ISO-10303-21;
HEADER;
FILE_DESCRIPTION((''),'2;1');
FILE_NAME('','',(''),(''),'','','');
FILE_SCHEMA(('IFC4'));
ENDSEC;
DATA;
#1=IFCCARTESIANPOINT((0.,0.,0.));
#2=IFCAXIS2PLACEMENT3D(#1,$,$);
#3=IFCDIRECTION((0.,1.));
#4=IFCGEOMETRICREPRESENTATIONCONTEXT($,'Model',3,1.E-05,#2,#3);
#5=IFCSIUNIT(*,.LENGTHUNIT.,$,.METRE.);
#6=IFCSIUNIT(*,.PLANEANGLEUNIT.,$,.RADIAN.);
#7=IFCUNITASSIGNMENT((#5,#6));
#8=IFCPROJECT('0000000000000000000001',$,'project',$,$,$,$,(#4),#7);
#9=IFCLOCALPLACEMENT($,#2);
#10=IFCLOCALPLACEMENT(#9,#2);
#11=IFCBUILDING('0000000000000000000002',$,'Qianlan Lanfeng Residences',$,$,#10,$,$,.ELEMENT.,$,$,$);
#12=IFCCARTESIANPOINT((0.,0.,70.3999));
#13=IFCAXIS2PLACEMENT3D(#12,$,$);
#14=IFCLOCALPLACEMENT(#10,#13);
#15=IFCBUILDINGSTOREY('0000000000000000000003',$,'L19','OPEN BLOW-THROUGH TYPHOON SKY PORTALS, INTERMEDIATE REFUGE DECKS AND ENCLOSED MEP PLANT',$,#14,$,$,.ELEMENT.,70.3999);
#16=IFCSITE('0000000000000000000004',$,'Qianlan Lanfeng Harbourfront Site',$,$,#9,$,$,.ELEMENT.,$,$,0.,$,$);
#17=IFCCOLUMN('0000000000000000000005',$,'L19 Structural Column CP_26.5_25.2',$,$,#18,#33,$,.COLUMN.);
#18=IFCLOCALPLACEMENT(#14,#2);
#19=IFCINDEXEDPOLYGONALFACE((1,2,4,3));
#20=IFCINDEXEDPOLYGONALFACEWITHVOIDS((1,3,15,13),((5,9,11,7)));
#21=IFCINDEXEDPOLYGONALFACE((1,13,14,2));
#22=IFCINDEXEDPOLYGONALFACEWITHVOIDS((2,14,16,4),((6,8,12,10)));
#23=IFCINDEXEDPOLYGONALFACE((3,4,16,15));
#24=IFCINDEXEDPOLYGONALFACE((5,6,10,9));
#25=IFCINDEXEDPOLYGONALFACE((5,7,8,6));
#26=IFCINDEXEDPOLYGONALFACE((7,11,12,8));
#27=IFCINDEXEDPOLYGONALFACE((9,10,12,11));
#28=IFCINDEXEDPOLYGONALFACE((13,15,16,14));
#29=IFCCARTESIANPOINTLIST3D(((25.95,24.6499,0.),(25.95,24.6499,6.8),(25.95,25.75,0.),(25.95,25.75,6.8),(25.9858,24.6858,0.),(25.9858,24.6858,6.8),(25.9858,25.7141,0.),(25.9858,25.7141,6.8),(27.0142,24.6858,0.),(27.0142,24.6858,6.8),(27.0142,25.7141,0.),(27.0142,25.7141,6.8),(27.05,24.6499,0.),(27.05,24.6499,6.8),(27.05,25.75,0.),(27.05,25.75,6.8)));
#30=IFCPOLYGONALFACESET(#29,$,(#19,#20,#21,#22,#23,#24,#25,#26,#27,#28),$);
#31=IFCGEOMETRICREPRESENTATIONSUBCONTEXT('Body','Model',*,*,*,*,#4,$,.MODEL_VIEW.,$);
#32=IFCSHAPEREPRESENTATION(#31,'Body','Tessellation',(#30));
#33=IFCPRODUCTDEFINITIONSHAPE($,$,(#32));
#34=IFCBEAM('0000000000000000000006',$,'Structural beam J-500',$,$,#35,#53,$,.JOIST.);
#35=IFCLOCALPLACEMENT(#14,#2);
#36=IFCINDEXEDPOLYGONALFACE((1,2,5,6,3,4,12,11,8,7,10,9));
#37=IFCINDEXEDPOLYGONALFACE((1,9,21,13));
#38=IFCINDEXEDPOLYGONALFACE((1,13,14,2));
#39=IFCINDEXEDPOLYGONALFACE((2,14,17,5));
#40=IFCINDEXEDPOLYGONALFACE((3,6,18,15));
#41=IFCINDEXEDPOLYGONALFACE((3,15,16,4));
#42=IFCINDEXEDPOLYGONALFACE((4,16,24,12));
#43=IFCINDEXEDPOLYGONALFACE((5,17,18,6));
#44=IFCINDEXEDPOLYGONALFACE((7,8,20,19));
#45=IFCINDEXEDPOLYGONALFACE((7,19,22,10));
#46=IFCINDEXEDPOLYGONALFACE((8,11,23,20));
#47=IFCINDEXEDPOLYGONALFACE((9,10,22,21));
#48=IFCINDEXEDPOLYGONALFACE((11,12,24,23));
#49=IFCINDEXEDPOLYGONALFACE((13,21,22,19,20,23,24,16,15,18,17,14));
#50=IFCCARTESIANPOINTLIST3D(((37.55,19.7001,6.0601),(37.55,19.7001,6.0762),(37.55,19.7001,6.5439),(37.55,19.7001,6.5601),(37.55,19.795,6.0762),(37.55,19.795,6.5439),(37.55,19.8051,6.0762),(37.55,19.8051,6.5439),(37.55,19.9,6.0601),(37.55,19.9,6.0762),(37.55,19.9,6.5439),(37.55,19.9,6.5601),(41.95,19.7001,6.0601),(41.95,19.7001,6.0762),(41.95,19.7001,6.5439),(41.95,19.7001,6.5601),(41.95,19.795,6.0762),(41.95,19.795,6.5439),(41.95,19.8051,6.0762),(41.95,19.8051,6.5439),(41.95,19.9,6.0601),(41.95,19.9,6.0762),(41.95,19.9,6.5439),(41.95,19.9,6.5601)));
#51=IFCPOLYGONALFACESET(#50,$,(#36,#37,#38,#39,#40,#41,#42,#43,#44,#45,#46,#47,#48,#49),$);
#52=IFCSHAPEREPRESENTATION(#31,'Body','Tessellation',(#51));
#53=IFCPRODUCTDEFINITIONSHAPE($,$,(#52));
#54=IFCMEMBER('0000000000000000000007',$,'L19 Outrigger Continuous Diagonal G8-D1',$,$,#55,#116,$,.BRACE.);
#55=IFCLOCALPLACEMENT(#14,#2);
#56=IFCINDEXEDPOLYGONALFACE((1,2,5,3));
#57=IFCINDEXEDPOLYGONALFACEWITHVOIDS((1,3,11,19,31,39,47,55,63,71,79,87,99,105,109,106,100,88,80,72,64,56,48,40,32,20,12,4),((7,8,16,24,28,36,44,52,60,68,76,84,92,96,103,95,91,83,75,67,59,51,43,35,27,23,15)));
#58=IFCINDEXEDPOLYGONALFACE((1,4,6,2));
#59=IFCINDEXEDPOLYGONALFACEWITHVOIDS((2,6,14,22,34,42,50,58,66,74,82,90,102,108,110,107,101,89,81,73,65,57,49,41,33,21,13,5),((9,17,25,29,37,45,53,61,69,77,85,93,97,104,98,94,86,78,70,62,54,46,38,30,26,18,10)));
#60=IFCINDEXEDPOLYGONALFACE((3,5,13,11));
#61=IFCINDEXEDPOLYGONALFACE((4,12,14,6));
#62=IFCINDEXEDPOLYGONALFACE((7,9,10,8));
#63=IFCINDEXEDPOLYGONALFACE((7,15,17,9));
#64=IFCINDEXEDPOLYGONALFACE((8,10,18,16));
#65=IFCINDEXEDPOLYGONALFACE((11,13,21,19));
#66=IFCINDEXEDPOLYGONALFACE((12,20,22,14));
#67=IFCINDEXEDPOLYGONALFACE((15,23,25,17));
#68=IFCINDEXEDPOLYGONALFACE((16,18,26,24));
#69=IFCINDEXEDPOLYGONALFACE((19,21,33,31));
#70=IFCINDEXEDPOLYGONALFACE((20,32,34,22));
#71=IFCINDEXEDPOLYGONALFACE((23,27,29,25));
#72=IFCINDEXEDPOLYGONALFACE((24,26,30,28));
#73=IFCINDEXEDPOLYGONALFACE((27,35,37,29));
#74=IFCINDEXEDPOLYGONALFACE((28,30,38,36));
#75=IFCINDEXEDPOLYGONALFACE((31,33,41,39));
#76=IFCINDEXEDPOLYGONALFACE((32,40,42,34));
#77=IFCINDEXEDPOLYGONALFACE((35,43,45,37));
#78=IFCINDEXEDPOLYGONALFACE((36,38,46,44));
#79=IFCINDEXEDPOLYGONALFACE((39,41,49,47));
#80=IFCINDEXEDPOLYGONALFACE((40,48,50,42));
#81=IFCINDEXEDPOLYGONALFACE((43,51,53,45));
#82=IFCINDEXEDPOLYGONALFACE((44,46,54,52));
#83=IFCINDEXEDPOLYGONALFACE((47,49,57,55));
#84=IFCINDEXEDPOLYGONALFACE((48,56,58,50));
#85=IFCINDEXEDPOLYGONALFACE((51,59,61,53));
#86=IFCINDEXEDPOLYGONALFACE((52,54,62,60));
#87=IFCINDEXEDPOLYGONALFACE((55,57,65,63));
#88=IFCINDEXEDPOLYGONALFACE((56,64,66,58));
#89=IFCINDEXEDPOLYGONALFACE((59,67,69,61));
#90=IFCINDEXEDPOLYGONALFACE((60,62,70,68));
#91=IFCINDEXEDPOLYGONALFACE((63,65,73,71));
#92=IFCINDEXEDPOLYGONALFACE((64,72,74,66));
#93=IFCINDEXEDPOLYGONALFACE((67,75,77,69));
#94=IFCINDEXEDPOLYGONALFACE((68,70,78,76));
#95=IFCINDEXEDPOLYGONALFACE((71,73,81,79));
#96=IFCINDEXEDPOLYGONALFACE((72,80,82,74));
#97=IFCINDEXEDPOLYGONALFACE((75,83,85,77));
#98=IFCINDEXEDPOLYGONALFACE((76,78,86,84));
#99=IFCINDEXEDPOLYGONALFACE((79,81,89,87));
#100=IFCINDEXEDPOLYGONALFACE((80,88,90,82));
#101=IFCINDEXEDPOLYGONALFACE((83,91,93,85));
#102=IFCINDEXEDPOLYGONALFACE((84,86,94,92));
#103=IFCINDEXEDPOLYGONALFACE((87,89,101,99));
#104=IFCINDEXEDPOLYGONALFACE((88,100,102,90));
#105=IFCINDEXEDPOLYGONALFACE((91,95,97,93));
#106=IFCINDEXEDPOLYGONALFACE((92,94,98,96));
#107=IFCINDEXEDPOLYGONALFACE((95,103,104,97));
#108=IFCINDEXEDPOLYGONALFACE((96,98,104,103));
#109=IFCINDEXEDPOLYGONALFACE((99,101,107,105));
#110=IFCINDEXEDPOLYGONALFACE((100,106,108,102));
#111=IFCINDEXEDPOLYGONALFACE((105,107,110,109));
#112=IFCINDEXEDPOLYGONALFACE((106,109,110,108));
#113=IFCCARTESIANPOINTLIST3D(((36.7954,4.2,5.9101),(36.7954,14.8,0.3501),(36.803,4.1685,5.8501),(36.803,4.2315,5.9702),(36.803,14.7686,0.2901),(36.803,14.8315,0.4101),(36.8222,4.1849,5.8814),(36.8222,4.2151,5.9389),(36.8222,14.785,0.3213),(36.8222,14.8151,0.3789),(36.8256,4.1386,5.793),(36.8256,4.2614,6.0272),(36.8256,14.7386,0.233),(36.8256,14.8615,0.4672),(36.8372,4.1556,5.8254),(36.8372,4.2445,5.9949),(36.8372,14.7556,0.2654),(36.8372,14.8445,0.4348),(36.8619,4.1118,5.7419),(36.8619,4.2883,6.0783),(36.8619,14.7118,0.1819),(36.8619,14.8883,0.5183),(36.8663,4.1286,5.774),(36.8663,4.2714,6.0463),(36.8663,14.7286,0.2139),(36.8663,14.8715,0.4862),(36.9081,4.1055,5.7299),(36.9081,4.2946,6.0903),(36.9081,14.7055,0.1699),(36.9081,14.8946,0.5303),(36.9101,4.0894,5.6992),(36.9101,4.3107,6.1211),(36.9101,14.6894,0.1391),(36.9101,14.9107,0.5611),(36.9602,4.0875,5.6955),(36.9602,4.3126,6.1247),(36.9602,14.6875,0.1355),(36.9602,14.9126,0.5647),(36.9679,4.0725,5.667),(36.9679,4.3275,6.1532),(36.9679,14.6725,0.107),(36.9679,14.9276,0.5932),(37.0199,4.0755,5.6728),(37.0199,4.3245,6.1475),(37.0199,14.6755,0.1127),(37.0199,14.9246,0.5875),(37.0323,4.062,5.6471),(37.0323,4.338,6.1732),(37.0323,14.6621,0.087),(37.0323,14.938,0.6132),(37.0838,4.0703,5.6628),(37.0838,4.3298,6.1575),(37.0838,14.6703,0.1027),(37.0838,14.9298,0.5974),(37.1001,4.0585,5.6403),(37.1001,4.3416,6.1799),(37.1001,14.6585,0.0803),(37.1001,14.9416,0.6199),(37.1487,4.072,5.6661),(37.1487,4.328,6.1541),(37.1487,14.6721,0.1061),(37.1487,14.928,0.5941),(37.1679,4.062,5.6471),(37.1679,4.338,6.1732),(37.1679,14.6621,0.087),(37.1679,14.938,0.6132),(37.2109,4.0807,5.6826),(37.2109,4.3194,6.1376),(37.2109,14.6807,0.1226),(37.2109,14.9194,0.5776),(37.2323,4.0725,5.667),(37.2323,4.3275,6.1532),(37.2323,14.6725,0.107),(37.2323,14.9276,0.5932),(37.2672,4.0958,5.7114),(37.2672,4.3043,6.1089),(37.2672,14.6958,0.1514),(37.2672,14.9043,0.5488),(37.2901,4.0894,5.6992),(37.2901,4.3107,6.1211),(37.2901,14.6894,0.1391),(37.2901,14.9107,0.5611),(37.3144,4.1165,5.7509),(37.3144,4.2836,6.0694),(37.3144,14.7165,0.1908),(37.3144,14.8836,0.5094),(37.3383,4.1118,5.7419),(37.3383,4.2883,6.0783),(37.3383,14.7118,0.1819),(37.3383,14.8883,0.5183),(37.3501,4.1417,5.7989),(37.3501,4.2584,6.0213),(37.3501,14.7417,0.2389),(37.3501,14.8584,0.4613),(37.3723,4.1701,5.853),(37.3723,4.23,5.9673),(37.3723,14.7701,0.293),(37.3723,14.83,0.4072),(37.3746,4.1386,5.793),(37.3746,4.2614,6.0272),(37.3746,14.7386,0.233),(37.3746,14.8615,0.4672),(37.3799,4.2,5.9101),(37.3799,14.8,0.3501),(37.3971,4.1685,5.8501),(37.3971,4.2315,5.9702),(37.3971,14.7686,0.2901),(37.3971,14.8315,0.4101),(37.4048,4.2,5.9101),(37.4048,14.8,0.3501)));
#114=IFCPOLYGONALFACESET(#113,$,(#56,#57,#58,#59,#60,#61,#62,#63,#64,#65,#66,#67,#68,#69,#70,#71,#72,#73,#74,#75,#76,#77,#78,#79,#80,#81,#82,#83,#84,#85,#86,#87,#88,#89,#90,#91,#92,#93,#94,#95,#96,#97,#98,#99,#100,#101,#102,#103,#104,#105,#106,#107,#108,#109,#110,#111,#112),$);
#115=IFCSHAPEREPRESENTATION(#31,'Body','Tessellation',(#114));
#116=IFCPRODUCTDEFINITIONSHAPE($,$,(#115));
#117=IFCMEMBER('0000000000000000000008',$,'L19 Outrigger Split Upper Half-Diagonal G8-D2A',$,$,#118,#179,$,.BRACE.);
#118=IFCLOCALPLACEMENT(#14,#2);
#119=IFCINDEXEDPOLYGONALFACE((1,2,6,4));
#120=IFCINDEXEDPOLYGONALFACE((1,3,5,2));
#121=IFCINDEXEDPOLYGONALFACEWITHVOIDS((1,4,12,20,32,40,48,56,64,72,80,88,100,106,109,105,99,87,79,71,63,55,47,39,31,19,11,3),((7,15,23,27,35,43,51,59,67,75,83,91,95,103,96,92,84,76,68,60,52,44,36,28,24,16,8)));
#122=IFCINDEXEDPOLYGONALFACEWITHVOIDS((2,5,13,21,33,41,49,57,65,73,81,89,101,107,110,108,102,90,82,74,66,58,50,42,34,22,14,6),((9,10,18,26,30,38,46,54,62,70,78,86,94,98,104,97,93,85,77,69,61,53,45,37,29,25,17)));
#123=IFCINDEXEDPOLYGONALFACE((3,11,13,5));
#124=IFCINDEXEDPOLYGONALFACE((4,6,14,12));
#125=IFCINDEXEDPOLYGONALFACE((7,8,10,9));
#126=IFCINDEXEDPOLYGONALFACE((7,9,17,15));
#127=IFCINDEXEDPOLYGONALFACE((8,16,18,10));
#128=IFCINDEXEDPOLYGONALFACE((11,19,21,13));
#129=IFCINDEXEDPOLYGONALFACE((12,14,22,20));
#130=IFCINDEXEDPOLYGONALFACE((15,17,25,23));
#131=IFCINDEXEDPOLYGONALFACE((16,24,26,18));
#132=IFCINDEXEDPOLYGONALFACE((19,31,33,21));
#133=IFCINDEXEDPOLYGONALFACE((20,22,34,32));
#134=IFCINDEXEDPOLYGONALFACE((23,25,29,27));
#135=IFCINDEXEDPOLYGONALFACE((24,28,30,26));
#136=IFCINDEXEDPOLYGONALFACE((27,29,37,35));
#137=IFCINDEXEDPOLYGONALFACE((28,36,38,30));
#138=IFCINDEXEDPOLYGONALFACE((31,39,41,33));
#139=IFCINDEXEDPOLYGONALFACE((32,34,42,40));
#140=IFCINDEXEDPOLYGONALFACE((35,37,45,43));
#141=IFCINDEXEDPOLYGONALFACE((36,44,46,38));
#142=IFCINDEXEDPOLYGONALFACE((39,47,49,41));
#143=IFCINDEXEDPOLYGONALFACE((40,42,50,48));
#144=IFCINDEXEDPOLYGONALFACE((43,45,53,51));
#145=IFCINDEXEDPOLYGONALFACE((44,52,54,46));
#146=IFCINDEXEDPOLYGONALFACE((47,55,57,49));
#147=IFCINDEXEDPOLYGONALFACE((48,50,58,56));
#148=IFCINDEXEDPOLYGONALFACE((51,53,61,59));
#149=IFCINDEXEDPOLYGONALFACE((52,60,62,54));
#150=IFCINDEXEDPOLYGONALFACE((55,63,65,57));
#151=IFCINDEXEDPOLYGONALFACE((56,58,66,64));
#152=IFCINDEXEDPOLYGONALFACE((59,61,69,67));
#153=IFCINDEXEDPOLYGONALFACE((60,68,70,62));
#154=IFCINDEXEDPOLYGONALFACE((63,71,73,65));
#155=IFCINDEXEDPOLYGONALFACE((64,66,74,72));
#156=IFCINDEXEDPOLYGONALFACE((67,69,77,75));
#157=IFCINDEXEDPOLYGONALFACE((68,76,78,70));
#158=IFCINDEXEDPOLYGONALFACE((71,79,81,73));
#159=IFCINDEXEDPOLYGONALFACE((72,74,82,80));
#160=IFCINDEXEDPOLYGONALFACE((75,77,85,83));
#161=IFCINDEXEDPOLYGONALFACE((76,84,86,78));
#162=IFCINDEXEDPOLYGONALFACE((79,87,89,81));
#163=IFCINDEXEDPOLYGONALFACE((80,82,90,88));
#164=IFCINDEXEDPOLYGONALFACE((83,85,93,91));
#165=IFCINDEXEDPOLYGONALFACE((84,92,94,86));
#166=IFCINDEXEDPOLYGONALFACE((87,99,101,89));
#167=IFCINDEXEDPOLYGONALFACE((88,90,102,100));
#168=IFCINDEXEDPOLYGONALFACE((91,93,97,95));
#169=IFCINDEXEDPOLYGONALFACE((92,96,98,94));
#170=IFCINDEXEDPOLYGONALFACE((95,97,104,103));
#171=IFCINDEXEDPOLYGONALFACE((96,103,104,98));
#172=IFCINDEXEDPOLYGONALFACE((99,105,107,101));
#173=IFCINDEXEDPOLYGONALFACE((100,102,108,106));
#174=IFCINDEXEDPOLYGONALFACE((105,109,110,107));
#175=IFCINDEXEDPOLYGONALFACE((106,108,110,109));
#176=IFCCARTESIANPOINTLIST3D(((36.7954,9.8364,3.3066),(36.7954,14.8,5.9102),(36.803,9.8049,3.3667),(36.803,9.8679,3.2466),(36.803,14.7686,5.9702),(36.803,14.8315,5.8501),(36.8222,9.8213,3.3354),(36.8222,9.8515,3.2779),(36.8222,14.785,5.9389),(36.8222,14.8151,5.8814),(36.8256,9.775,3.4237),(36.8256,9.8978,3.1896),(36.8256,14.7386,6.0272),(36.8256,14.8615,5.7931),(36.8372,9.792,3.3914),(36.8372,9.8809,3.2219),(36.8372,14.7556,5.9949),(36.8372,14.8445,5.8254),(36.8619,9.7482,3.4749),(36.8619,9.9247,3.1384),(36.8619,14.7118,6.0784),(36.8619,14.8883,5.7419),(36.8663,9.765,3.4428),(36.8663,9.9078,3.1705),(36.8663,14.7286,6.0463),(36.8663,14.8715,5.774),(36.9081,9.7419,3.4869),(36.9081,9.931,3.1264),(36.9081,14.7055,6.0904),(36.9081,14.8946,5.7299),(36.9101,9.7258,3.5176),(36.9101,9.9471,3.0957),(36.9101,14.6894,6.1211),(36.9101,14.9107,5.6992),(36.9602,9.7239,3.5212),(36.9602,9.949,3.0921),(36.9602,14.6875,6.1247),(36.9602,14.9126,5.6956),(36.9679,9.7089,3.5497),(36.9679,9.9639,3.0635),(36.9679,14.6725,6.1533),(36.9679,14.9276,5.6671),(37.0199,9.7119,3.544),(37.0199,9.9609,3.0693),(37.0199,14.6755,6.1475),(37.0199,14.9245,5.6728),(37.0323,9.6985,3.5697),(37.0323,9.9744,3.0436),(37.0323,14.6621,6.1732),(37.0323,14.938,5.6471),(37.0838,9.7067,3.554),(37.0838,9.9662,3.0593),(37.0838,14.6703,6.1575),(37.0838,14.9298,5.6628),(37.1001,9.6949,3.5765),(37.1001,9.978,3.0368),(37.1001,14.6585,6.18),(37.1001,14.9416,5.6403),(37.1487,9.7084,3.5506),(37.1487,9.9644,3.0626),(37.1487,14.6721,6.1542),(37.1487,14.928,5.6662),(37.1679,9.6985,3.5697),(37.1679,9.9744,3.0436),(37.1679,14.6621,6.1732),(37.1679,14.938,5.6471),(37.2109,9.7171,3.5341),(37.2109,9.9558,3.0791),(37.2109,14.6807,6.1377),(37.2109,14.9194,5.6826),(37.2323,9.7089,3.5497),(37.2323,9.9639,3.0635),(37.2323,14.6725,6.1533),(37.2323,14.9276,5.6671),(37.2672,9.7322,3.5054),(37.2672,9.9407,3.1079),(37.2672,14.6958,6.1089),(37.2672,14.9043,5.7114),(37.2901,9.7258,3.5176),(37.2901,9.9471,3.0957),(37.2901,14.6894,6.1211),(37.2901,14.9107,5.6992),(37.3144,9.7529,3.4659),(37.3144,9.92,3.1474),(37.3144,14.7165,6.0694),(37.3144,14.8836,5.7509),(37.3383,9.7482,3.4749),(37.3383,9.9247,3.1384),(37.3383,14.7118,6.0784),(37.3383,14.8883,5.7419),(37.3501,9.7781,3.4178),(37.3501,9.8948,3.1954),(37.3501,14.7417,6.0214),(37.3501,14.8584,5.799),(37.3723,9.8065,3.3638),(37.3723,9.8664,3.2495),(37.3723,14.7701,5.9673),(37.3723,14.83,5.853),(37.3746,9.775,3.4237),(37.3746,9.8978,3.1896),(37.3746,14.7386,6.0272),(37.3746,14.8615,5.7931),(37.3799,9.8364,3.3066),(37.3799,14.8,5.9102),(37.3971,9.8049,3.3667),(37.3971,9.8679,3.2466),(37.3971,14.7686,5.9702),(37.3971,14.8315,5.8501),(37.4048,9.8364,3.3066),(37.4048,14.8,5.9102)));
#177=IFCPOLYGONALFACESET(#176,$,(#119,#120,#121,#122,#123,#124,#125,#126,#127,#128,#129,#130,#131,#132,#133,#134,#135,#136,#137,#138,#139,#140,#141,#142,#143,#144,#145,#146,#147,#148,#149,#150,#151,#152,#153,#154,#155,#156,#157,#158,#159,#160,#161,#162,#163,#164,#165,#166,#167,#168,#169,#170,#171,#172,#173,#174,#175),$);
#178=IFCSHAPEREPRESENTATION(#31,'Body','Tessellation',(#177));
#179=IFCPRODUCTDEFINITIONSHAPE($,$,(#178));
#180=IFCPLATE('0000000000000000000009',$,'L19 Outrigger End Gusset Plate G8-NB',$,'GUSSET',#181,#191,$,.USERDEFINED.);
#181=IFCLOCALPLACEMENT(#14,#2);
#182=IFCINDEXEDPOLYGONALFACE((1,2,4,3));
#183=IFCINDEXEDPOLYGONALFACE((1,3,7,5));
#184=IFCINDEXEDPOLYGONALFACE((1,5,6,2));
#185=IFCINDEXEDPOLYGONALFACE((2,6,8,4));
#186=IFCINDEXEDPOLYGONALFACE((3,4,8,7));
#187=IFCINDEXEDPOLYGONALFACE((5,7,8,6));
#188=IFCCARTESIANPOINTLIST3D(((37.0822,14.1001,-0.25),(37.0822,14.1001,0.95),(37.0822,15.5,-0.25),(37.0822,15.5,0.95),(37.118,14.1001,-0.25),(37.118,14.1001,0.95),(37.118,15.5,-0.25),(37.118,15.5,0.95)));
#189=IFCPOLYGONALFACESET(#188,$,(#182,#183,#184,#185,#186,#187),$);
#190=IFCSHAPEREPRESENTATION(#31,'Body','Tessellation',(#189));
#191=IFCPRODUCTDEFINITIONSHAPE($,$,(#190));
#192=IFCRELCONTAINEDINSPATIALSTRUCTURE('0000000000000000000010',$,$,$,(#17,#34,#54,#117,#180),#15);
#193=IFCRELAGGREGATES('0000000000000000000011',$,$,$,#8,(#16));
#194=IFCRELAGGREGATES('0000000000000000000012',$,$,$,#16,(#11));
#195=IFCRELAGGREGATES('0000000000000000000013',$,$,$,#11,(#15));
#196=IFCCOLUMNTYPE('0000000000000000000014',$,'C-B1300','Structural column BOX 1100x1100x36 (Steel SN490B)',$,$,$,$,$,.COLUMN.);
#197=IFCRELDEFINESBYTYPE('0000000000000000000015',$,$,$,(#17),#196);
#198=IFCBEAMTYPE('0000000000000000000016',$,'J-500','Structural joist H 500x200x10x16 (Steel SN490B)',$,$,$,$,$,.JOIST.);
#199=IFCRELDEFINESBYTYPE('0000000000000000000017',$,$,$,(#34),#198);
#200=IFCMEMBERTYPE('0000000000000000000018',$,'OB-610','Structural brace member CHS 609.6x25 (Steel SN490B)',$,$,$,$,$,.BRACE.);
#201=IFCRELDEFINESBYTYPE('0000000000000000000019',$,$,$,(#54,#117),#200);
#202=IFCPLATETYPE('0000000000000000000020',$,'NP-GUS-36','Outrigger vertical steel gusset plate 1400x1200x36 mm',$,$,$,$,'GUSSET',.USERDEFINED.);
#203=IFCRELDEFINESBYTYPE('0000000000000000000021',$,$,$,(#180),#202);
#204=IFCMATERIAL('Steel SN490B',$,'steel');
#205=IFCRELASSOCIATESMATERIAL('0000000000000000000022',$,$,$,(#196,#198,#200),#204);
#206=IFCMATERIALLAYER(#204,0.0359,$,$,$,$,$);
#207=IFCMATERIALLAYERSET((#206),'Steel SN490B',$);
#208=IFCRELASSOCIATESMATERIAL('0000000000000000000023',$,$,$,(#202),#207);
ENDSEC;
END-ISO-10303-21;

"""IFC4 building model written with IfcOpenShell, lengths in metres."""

from ifc_helpers import new_model, si_unit, direction, frame, origin, origin_2d, place, context, subcontext, project, spatial, rectangle, hollow_rectangle, hollow_circle, i_section, extrude, source, transform, mapped, material, layer, layer_set, material_profile, profile_set, type_object, element, save


model = new_model("IFC4")

# Units and contexts
model_context = context("Model", 3, precision=1e-05, world=origin(), true_north=direction((0.0, 1.0)))
body_context = subcontext(model_context, "Body", "Model", "MODEL_VIEW")
ifc_project = project(units=[si_unit("LENGTHUNIT", "METRE"), si_unit("PLANEANGLEUNIT", "RADIAN")], contexts=[model_context])

# Site, building, storey
site_placement = place(None, origin())
site = spatial("IfcSite", under=ifc_project, at=site_placement, Name="Qianlan Lanfeng Harbourfront Site", CompositionType="ELEMENT", RefElevation=0.0)
building_placement = place(site_placement, origin())
building = spatial("IfcBuilding", under=site, at=building_placement, Name="Qianlan Lanfeng Residences", CompositionType="ELEMENT")
storey_placement = place(building_placement, frame((0.0, 0.0, 70.3999)))
storey = spatial("IfcBuildingStorey", under=building, at=storey_placement, Name="L19", Description="OPEN BLOW-THROUGH TYPHOON SKY PORTALS, INTERMEDIATE REFUGE DECKS AND ENCLOSED MEP PLANT", CompositionType="ELEMENT", Elevation=70.3999)

# Column
ifc_material_1 = material(Name="Steel SN490B", Category="steel")
ifc_material_profile_1 = material_profile(ifc_material_1, hollow_rectangle(XDim=1.1001, YDim=1.1001, WallThickness=0.0359, at=origin_2d()), Name="BOX 1100x1100x36")
ifc_profile_set_1 = profile_set([ifc_material_profile_1], Name="Steel SN490B")
column_type = type_object("IfcColumnType", Name="C-B1300", Description="Structural column BOX 1100x1100x36 (Steel SN490B)", PredefinedType="COLUMN", material=ifc_profile_set_1)
column_placement = place(storey_placement, frame((26.5, 25.2, 0.0), z_axis=(0.0, 0.0, 1.0), x_axis=(1.0, 0.0, 0.0)))
element("IfcColumn", 1, at=column_placement, inside=storey, type_object=column_type, Name="L19 Structural Column CP_26.5_25.2", PredefinedType="COLUMN", context=body_context, shape_type="SweptSolid", body=[
    extrude(hollow_rectangle(XDim=1.1001, YDim=1.1001, WallThickness=0.0359, at=origin_2d()), origin(), (0.0, 0.0, 1.0), 6.8),
])

# Beam
ifc_material_profile_2 = material_profile(ifc_material_1, i_section(OverallWidth=0.2, OverallDepth=0.5, WebThickness=0.01, FlangeThickness=0.0161, at=origin_2d()), Name="H 500x200x10x16")
ifc_profile_set_2 = profile_set([ifc_material_profile_2], Name="Steel SN490B")
beam_type = type_object("IfcBeamType", Name="J-500", Description="Structural joist H 500x200x10x16 (Steel SN490B)", PredefinedType="JOIST", material=ifc_profile_set_2)
beam_placement = place(storey_placement, frame((37.55, 19.8, 6.3101), z_axis=(1.0, 0.0, 0.0), x_axis=(0.0, 1.0, 0.0)))
element("IfcBeam", 2, at=beam_placement, inside=storey, type_object=beam_type, Name="Structural beam J-500", PredefinedType="JOIST", context=body_context, shape_type="SweptSolid", body=[
    extrude(i_section(OverallWidth=0.2, OverallDepth=0.5, WebThickness=0.01, FlangeThickness=0.0161, at=origin_2d()), origin(), (0.0, 0.0, 1.0), 4.3999),
])

# Members
ifc_material_profile_3 = material_profile(ifc_material_1, hollow_circle(Radius=0.3047, WallThickness=0.0249, at=origin_2d()), Name="CHS 609.6x25")
ifc_profile_set_3 = profile_set([ifc_material_profile_3], Name="Steel SN490B")
member_type = type_object("IfcMemberType", Name="OB-610", Description="Structural brace member CHS 609.6x25 (Steel SN490B)", PredefinedType="BRACE", material=ifc_profile_set_3)
member_1_placement = place(storey_placement, frame((37.1001, 14.8, 0.3501), z_axis=(0.0, -0.88557, 0.464507), x_axis=(1.0, 0.0, 0.0)))
element("IfcMember", 3, at=member_1_placement, inside=storey, type_object=member_type, Name="L19 Outrigger Continuous Diagonal G8-D1", PredefinedType="BRACE", context=body_context, shape_type="SweptSolid", body=[
    extrude(hollow_circle(Radius=0.3047, WallThickness=0.0249, at=origin_2d()), origin(), (0.0, 0.0, 1.0), 11.9697),
])
member_2_placement = place(storey_placement, frame((37.1001, 14.8, 5.9102), z_axis=(0.0, -0.885573, -0.4645), x_axis=(1.0, 0.0, 0.0)))
element("IfcMember", 4, at=member_2_placement, inside=storey, type_object=member_type, Name="L19 Outrigger Split Upper Half-Diagonal G8-D2A", PredefinedType="BRACE", context=body_context, shape_type="SweptSolid", body=[
    extrude(hollow_circle(Radius=0.3047, WallThickness=0.0249, at=origin_2d()), origin(), (0.0, 0.0, 1.0), 5.605),
])

# Plate
ifc_layer_1 = layer(ifc_material_1, 0.0359)
ifc_layer_set_1 = layer_set([ifc_layer_1], Name="Steel SN490B")
plate_type = type_object("IfcPlateType", Name="NP-GUS-36", Description="Outrigger vertical steel gusset plate 1400x1200x36 mm", ElementType="GUSSET", PredefinedType="USERDEFINED", material=ifc_layer_set_1)
shared_shape = source(origin(), body_context, "Body", "SweptSolid", [
    extrude(rectangle(XDim=0.0359, YDim=1.3999, at=origin_2d()), origin(), (0.0, 0.0, 1.0), 1.2),
])
for number, where, z_axis, x_axis, name in (
    (5, (37.1001, 14.8, -0.25), (0.0, 0.0, 1.0), (1.0, 0.0, 0.0), "L19 Outrigger End Gusset Plate G8-NB"),
):
    element("IfcPlate", number, at=place(storey_placement, frame(where, z_axis=z_axis, x_axis=x_axis)), inside=storey, type_object=plate_type, Name=name, ObjectType="GUSSET", PredefinedType="USERDEFINED", context=body_context, shape_type="MappedRepresentation", body=[
        mapped(shared_shape, transform((0.0, 0.0, 0.0), scale=1.0)),
    ])

save(model, "model.ifc")
